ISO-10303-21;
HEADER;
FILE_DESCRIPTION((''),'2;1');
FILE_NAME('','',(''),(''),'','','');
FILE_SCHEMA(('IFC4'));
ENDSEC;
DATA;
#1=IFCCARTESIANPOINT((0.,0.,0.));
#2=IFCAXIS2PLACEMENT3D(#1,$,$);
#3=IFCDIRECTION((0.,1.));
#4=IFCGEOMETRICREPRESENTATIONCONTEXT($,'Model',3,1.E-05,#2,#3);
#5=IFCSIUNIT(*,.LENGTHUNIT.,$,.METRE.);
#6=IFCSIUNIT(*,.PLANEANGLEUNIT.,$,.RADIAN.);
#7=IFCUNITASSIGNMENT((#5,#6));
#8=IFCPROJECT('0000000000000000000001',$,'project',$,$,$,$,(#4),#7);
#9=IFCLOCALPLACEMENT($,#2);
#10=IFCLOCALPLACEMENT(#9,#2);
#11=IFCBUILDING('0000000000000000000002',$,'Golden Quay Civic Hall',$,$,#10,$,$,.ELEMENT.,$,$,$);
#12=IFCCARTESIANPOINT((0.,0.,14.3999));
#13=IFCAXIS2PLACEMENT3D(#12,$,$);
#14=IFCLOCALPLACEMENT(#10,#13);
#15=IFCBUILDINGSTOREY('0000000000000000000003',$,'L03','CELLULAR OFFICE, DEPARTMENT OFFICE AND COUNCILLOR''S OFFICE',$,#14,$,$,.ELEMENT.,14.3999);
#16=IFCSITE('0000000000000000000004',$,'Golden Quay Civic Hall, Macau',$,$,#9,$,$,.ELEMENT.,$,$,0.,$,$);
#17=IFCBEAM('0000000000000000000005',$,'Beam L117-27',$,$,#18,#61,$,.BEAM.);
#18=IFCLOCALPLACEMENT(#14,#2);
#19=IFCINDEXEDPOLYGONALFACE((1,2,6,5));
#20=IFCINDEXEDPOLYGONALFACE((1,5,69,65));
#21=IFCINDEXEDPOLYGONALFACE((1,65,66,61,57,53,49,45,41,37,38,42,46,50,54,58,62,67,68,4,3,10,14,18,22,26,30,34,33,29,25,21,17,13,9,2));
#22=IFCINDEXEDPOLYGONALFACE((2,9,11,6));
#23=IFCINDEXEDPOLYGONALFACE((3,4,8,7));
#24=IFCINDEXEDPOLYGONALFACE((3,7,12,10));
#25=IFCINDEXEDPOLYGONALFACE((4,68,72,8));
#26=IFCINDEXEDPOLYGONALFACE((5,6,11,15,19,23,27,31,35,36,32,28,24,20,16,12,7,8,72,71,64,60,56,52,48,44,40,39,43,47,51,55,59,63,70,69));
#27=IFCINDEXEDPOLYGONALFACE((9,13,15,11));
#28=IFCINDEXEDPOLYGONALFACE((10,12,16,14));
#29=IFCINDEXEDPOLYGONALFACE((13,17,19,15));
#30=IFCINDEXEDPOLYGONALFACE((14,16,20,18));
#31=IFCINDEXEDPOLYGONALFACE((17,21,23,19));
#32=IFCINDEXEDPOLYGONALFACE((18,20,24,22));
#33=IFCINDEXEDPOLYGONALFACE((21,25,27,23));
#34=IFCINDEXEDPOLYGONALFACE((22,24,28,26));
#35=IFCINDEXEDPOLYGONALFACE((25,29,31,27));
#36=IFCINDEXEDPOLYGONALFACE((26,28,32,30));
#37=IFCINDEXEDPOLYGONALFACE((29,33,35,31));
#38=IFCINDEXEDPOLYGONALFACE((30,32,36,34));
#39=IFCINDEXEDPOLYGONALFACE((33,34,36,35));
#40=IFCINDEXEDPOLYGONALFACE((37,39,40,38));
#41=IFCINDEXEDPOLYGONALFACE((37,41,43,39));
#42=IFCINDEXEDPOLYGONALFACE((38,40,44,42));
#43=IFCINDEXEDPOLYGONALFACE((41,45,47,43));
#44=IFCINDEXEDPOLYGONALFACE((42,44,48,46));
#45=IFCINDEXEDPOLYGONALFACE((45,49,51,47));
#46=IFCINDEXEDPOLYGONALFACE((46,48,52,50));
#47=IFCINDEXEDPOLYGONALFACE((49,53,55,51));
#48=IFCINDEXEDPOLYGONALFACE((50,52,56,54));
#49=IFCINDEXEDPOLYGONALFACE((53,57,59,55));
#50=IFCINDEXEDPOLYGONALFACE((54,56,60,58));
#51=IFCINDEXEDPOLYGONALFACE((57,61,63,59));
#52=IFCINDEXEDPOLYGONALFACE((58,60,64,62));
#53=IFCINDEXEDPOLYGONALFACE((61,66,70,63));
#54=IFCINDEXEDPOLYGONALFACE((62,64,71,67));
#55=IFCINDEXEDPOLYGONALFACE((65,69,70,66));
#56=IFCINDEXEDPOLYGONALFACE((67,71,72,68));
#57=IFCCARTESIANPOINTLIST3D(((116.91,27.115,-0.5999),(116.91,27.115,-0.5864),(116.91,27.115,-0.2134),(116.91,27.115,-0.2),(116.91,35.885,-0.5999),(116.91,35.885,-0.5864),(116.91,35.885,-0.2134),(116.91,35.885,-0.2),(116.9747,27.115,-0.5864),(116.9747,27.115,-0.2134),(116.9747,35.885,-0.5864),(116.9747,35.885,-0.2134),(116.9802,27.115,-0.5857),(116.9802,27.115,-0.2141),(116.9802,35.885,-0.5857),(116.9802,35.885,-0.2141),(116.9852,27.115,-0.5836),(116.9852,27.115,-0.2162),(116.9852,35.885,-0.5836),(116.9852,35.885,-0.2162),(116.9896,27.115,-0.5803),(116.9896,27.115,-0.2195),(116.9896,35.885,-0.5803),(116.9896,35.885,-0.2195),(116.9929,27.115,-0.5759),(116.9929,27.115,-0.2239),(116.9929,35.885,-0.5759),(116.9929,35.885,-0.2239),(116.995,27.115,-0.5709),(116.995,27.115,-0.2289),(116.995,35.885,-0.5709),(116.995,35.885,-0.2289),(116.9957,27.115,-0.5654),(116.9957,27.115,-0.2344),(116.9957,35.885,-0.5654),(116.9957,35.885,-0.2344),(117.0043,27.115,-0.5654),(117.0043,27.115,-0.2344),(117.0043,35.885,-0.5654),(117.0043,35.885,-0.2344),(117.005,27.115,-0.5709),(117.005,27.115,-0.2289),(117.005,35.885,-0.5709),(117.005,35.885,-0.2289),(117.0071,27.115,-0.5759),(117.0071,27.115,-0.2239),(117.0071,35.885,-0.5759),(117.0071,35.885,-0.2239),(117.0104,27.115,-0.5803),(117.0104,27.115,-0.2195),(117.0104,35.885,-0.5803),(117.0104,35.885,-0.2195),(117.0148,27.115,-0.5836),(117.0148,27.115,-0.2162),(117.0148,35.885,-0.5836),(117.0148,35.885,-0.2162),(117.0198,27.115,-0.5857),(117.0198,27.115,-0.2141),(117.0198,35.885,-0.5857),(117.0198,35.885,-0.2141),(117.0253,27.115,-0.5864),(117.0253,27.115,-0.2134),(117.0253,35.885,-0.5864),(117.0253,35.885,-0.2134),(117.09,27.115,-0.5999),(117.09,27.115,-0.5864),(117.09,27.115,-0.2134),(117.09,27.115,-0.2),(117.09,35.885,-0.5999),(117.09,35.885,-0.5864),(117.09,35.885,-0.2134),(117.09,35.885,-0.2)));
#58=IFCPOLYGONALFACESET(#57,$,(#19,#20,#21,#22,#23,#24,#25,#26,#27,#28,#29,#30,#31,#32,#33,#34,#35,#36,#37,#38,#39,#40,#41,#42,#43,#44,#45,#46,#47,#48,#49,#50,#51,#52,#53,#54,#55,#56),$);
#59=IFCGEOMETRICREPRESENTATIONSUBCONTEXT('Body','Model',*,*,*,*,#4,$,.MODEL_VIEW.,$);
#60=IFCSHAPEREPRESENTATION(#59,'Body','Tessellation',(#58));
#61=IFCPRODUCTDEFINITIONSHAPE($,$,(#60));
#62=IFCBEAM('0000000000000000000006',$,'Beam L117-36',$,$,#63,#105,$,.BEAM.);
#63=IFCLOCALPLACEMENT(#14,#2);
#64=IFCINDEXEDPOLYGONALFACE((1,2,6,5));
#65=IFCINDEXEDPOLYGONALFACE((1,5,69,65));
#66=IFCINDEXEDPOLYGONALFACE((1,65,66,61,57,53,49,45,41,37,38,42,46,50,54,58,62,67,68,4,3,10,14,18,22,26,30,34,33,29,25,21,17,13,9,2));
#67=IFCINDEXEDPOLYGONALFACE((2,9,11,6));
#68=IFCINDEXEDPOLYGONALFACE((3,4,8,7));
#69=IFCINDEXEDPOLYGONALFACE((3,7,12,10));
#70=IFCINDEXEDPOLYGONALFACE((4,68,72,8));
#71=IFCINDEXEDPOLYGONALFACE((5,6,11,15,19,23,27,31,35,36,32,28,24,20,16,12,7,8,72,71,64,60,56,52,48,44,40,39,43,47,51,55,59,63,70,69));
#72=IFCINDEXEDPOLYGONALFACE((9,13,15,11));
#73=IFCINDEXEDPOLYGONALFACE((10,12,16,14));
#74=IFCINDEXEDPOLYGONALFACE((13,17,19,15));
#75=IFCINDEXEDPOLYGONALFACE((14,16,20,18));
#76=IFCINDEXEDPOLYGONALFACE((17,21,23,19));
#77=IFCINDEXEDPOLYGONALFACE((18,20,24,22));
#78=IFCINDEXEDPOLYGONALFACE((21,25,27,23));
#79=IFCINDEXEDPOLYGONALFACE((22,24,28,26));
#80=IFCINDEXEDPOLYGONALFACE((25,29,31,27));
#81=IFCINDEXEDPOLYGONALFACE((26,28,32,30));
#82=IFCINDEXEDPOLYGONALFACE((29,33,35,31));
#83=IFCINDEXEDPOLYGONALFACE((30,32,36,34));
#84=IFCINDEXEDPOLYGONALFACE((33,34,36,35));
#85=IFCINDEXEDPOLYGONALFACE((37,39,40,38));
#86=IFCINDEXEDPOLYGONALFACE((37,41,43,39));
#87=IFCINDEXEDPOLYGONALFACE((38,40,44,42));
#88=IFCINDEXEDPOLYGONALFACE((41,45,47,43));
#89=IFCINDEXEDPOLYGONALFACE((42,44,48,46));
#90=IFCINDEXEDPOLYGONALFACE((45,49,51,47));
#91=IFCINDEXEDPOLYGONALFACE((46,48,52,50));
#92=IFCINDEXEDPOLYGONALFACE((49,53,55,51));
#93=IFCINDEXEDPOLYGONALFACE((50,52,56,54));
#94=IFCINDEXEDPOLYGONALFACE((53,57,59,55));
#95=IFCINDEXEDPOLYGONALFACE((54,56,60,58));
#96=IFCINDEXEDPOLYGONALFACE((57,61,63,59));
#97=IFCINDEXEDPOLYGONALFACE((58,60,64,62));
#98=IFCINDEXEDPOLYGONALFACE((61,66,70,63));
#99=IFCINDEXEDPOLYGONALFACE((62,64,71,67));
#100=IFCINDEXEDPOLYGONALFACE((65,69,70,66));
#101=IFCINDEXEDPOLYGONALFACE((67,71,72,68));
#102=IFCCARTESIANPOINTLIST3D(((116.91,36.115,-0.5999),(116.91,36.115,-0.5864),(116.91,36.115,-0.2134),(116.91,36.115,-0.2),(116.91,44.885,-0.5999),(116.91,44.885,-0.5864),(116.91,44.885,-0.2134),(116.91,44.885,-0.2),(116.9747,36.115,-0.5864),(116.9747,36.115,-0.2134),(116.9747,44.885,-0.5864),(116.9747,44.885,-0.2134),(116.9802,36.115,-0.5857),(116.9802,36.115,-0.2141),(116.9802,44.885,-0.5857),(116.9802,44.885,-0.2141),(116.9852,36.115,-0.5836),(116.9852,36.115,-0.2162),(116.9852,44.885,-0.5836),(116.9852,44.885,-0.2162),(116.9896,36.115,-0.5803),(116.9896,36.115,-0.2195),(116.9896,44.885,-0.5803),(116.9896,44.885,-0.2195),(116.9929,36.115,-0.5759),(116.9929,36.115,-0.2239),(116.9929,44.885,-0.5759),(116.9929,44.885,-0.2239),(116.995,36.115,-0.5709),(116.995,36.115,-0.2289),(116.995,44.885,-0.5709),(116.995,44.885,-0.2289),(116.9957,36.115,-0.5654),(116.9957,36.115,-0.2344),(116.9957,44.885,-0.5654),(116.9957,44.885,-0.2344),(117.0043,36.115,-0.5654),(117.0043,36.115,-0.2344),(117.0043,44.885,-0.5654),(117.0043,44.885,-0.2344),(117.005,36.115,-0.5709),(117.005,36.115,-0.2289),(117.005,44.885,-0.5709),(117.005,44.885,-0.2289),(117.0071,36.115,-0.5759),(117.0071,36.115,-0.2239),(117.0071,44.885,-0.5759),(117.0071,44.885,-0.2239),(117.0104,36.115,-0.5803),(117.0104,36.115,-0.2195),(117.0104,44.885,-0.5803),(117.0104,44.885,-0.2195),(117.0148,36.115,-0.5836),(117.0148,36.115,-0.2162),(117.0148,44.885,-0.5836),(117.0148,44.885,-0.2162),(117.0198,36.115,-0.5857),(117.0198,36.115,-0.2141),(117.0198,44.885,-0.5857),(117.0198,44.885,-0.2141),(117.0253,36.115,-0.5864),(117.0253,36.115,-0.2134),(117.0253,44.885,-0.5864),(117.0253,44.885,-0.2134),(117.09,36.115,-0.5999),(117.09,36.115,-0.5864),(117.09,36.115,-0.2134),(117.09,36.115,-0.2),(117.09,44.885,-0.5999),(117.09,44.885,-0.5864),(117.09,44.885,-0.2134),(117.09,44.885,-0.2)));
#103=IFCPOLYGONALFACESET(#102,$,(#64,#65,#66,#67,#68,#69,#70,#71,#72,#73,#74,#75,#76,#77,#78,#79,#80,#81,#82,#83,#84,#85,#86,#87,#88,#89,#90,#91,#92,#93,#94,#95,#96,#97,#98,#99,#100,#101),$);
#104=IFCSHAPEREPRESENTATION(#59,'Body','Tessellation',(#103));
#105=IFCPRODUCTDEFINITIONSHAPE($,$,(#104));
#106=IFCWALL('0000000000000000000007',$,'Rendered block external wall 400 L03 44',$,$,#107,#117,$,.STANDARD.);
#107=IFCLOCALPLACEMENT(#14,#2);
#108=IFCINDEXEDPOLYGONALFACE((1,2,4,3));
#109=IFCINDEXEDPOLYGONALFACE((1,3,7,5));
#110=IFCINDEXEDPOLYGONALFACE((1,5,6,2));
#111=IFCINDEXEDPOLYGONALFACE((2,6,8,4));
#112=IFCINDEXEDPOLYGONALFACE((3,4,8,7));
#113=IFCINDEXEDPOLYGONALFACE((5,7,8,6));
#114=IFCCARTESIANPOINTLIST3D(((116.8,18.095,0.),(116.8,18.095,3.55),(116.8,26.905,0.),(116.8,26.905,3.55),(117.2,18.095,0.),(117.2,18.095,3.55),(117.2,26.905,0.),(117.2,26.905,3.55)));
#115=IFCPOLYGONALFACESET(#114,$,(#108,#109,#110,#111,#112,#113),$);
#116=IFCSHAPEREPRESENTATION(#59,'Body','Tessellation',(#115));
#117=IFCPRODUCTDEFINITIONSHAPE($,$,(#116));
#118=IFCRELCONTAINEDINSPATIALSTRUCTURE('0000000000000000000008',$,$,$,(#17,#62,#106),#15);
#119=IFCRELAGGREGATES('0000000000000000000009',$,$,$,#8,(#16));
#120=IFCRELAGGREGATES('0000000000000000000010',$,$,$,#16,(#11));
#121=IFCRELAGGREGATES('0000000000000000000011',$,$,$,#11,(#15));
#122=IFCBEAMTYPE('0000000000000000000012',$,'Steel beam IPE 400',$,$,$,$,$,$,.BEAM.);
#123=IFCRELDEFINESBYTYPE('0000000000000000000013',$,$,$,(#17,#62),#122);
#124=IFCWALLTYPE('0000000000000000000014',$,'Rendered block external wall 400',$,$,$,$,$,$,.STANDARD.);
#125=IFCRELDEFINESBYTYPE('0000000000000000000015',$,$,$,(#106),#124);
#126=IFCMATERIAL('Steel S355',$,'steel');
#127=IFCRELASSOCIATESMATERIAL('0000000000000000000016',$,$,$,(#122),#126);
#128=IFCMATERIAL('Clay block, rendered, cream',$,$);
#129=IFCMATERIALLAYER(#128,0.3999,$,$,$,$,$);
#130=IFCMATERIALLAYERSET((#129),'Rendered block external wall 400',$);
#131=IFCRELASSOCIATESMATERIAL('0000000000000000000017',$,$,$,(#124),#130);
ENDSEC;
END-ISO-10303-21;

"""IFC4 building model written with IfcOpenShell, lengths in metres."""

from ifc_helpers import new_model, si_unit, direction, frame, frame_2d, origin, origin_2d, place, context, subcontext, project, spatial, rectangle, i_section, extrude, material, layer, layer_set, material_profile, profile_set, type_object, element, save


model = new_model("IFC4")

# Units and contexts
model_context = context("Model", 3, precision=1e-05, world=origin(), true_north=direction((0.0, 1.0)))
body_context = subcontext(model_context, "Body", "Model", "MODEL_VIEW")
ifc_project = project(units=[si_unit("LENGTHUNIT", "METRE"), si_unit("PLANEANGLEUNIT", "RADIAN")], contexts=[model_context])

# Site, building, storey
site_placement = place(None, origin())
site = spatial("IfcSite", under=ifc_project, at=site_placement, Name="Golden Quay Civic Hall, Macau", CompositionType="ELEMENT", RefElevation=0.0)
building_placement = place(site_placement, origin())
building = spatial("IfcBuilding", under=site, at=building_placement, Name="Golden Quay Civic Hall", CompositionType="ELEMENT")
storey_placement = place(building_placement, frame((0.0, 0.0, 14.3999)))
storey = spatial("IfcBuildingStorey", under=building, at=storey_placement, Name="L03", Description="CELLULAR OFFICE, DEPARTMENT OFFICE AND COUNCILLOR'S OFFICE", CompositionType="ELEMENT", Elevation=14.3999)

# Beams
ifc_material_1 = material(Name="Steel S355", Category="steel")
ifc_material_profile_1 = material_profile(ifc_material_1, i_section(OverallWidth=0.1799, OverallDepth=0.3999, WebThickness=0.0085, FlangeThickness=0.0134, FilletRadius=0.021, at=origin_2d()), Name="IPE 400")
ifc_profile_set_1 = profile_set([ifc_material_profile_1], Name="Steel S355")
beam_type_1 = type_object("IfcBeamType", Name="Steel beam IPE 400", PredefinedType="BEAM", material=ifc_profile_set_1)
for number, where, z_axis, x_axis, name in (
    (1, (117.0, 27.115, -0.3999), (0.0, 1.0, 0.0), (-1.0, 0.0, 0.0), "Beam L117-27"),
    (2, (117.0, 36.115, -0.3999), (0.0, 1.0, 0.0), (-1.0, 0.0, 0.0), "Beam L117-36"),
):
    element("IfcBeam", number, at=place(storey_placement, frame(where, z_axis=z_axis, x_axis=x_axis)), inside=storey, type_object=beam_type_1, Name=name, PredefinedType="BEAM", context=body_context, shape_type="SweptSolid", body=[
        extrude(i_section(OverallWidth=0.1799, OverallDepth=0.3999, WebThickness=0.0085, FlangeThickness=0.0134, FilletRadius=0.021, at=origin_2d()), origin(), (0.0, 0.0, 1.0), 8.77),
    ])

# Wall
ifc_material_2 = material(Name="Clay block, rendered, cream")
ifc_layer = layer(ifc_material_2, 0.3999)
ifc_layer_set = layer_set([ifc_layer], Name="Rendered block external wall 400")
wall_type = type_object("IfcWallType", Name="Rendered block external wall 400", PredefinedType="STANDARD", material=ifc_layer_set)
wall_1_placement = place(storey_placement, frame((117.0, 26.905, 0.0), z_axis=(0.0, 0.0, 1.0), x_axis=(0.0, -1.0, 0.0)))
element("IfcWall", 3, at=wall_1_placement, inside=storey, type_object=wall_type, Name="Rendered block external wall 400 L03 44", PredefinedType="STANDARD", context=body_context, shape_type="SweptSolid", body=[
    extrude(rectangle(XDim=8.8101, YDim=0.3999, at=frame_2d((4.405, 0.0))), origin(), (0.0, 0.0, 1.0), 3.55),
])

save(model, "model.ifc")
